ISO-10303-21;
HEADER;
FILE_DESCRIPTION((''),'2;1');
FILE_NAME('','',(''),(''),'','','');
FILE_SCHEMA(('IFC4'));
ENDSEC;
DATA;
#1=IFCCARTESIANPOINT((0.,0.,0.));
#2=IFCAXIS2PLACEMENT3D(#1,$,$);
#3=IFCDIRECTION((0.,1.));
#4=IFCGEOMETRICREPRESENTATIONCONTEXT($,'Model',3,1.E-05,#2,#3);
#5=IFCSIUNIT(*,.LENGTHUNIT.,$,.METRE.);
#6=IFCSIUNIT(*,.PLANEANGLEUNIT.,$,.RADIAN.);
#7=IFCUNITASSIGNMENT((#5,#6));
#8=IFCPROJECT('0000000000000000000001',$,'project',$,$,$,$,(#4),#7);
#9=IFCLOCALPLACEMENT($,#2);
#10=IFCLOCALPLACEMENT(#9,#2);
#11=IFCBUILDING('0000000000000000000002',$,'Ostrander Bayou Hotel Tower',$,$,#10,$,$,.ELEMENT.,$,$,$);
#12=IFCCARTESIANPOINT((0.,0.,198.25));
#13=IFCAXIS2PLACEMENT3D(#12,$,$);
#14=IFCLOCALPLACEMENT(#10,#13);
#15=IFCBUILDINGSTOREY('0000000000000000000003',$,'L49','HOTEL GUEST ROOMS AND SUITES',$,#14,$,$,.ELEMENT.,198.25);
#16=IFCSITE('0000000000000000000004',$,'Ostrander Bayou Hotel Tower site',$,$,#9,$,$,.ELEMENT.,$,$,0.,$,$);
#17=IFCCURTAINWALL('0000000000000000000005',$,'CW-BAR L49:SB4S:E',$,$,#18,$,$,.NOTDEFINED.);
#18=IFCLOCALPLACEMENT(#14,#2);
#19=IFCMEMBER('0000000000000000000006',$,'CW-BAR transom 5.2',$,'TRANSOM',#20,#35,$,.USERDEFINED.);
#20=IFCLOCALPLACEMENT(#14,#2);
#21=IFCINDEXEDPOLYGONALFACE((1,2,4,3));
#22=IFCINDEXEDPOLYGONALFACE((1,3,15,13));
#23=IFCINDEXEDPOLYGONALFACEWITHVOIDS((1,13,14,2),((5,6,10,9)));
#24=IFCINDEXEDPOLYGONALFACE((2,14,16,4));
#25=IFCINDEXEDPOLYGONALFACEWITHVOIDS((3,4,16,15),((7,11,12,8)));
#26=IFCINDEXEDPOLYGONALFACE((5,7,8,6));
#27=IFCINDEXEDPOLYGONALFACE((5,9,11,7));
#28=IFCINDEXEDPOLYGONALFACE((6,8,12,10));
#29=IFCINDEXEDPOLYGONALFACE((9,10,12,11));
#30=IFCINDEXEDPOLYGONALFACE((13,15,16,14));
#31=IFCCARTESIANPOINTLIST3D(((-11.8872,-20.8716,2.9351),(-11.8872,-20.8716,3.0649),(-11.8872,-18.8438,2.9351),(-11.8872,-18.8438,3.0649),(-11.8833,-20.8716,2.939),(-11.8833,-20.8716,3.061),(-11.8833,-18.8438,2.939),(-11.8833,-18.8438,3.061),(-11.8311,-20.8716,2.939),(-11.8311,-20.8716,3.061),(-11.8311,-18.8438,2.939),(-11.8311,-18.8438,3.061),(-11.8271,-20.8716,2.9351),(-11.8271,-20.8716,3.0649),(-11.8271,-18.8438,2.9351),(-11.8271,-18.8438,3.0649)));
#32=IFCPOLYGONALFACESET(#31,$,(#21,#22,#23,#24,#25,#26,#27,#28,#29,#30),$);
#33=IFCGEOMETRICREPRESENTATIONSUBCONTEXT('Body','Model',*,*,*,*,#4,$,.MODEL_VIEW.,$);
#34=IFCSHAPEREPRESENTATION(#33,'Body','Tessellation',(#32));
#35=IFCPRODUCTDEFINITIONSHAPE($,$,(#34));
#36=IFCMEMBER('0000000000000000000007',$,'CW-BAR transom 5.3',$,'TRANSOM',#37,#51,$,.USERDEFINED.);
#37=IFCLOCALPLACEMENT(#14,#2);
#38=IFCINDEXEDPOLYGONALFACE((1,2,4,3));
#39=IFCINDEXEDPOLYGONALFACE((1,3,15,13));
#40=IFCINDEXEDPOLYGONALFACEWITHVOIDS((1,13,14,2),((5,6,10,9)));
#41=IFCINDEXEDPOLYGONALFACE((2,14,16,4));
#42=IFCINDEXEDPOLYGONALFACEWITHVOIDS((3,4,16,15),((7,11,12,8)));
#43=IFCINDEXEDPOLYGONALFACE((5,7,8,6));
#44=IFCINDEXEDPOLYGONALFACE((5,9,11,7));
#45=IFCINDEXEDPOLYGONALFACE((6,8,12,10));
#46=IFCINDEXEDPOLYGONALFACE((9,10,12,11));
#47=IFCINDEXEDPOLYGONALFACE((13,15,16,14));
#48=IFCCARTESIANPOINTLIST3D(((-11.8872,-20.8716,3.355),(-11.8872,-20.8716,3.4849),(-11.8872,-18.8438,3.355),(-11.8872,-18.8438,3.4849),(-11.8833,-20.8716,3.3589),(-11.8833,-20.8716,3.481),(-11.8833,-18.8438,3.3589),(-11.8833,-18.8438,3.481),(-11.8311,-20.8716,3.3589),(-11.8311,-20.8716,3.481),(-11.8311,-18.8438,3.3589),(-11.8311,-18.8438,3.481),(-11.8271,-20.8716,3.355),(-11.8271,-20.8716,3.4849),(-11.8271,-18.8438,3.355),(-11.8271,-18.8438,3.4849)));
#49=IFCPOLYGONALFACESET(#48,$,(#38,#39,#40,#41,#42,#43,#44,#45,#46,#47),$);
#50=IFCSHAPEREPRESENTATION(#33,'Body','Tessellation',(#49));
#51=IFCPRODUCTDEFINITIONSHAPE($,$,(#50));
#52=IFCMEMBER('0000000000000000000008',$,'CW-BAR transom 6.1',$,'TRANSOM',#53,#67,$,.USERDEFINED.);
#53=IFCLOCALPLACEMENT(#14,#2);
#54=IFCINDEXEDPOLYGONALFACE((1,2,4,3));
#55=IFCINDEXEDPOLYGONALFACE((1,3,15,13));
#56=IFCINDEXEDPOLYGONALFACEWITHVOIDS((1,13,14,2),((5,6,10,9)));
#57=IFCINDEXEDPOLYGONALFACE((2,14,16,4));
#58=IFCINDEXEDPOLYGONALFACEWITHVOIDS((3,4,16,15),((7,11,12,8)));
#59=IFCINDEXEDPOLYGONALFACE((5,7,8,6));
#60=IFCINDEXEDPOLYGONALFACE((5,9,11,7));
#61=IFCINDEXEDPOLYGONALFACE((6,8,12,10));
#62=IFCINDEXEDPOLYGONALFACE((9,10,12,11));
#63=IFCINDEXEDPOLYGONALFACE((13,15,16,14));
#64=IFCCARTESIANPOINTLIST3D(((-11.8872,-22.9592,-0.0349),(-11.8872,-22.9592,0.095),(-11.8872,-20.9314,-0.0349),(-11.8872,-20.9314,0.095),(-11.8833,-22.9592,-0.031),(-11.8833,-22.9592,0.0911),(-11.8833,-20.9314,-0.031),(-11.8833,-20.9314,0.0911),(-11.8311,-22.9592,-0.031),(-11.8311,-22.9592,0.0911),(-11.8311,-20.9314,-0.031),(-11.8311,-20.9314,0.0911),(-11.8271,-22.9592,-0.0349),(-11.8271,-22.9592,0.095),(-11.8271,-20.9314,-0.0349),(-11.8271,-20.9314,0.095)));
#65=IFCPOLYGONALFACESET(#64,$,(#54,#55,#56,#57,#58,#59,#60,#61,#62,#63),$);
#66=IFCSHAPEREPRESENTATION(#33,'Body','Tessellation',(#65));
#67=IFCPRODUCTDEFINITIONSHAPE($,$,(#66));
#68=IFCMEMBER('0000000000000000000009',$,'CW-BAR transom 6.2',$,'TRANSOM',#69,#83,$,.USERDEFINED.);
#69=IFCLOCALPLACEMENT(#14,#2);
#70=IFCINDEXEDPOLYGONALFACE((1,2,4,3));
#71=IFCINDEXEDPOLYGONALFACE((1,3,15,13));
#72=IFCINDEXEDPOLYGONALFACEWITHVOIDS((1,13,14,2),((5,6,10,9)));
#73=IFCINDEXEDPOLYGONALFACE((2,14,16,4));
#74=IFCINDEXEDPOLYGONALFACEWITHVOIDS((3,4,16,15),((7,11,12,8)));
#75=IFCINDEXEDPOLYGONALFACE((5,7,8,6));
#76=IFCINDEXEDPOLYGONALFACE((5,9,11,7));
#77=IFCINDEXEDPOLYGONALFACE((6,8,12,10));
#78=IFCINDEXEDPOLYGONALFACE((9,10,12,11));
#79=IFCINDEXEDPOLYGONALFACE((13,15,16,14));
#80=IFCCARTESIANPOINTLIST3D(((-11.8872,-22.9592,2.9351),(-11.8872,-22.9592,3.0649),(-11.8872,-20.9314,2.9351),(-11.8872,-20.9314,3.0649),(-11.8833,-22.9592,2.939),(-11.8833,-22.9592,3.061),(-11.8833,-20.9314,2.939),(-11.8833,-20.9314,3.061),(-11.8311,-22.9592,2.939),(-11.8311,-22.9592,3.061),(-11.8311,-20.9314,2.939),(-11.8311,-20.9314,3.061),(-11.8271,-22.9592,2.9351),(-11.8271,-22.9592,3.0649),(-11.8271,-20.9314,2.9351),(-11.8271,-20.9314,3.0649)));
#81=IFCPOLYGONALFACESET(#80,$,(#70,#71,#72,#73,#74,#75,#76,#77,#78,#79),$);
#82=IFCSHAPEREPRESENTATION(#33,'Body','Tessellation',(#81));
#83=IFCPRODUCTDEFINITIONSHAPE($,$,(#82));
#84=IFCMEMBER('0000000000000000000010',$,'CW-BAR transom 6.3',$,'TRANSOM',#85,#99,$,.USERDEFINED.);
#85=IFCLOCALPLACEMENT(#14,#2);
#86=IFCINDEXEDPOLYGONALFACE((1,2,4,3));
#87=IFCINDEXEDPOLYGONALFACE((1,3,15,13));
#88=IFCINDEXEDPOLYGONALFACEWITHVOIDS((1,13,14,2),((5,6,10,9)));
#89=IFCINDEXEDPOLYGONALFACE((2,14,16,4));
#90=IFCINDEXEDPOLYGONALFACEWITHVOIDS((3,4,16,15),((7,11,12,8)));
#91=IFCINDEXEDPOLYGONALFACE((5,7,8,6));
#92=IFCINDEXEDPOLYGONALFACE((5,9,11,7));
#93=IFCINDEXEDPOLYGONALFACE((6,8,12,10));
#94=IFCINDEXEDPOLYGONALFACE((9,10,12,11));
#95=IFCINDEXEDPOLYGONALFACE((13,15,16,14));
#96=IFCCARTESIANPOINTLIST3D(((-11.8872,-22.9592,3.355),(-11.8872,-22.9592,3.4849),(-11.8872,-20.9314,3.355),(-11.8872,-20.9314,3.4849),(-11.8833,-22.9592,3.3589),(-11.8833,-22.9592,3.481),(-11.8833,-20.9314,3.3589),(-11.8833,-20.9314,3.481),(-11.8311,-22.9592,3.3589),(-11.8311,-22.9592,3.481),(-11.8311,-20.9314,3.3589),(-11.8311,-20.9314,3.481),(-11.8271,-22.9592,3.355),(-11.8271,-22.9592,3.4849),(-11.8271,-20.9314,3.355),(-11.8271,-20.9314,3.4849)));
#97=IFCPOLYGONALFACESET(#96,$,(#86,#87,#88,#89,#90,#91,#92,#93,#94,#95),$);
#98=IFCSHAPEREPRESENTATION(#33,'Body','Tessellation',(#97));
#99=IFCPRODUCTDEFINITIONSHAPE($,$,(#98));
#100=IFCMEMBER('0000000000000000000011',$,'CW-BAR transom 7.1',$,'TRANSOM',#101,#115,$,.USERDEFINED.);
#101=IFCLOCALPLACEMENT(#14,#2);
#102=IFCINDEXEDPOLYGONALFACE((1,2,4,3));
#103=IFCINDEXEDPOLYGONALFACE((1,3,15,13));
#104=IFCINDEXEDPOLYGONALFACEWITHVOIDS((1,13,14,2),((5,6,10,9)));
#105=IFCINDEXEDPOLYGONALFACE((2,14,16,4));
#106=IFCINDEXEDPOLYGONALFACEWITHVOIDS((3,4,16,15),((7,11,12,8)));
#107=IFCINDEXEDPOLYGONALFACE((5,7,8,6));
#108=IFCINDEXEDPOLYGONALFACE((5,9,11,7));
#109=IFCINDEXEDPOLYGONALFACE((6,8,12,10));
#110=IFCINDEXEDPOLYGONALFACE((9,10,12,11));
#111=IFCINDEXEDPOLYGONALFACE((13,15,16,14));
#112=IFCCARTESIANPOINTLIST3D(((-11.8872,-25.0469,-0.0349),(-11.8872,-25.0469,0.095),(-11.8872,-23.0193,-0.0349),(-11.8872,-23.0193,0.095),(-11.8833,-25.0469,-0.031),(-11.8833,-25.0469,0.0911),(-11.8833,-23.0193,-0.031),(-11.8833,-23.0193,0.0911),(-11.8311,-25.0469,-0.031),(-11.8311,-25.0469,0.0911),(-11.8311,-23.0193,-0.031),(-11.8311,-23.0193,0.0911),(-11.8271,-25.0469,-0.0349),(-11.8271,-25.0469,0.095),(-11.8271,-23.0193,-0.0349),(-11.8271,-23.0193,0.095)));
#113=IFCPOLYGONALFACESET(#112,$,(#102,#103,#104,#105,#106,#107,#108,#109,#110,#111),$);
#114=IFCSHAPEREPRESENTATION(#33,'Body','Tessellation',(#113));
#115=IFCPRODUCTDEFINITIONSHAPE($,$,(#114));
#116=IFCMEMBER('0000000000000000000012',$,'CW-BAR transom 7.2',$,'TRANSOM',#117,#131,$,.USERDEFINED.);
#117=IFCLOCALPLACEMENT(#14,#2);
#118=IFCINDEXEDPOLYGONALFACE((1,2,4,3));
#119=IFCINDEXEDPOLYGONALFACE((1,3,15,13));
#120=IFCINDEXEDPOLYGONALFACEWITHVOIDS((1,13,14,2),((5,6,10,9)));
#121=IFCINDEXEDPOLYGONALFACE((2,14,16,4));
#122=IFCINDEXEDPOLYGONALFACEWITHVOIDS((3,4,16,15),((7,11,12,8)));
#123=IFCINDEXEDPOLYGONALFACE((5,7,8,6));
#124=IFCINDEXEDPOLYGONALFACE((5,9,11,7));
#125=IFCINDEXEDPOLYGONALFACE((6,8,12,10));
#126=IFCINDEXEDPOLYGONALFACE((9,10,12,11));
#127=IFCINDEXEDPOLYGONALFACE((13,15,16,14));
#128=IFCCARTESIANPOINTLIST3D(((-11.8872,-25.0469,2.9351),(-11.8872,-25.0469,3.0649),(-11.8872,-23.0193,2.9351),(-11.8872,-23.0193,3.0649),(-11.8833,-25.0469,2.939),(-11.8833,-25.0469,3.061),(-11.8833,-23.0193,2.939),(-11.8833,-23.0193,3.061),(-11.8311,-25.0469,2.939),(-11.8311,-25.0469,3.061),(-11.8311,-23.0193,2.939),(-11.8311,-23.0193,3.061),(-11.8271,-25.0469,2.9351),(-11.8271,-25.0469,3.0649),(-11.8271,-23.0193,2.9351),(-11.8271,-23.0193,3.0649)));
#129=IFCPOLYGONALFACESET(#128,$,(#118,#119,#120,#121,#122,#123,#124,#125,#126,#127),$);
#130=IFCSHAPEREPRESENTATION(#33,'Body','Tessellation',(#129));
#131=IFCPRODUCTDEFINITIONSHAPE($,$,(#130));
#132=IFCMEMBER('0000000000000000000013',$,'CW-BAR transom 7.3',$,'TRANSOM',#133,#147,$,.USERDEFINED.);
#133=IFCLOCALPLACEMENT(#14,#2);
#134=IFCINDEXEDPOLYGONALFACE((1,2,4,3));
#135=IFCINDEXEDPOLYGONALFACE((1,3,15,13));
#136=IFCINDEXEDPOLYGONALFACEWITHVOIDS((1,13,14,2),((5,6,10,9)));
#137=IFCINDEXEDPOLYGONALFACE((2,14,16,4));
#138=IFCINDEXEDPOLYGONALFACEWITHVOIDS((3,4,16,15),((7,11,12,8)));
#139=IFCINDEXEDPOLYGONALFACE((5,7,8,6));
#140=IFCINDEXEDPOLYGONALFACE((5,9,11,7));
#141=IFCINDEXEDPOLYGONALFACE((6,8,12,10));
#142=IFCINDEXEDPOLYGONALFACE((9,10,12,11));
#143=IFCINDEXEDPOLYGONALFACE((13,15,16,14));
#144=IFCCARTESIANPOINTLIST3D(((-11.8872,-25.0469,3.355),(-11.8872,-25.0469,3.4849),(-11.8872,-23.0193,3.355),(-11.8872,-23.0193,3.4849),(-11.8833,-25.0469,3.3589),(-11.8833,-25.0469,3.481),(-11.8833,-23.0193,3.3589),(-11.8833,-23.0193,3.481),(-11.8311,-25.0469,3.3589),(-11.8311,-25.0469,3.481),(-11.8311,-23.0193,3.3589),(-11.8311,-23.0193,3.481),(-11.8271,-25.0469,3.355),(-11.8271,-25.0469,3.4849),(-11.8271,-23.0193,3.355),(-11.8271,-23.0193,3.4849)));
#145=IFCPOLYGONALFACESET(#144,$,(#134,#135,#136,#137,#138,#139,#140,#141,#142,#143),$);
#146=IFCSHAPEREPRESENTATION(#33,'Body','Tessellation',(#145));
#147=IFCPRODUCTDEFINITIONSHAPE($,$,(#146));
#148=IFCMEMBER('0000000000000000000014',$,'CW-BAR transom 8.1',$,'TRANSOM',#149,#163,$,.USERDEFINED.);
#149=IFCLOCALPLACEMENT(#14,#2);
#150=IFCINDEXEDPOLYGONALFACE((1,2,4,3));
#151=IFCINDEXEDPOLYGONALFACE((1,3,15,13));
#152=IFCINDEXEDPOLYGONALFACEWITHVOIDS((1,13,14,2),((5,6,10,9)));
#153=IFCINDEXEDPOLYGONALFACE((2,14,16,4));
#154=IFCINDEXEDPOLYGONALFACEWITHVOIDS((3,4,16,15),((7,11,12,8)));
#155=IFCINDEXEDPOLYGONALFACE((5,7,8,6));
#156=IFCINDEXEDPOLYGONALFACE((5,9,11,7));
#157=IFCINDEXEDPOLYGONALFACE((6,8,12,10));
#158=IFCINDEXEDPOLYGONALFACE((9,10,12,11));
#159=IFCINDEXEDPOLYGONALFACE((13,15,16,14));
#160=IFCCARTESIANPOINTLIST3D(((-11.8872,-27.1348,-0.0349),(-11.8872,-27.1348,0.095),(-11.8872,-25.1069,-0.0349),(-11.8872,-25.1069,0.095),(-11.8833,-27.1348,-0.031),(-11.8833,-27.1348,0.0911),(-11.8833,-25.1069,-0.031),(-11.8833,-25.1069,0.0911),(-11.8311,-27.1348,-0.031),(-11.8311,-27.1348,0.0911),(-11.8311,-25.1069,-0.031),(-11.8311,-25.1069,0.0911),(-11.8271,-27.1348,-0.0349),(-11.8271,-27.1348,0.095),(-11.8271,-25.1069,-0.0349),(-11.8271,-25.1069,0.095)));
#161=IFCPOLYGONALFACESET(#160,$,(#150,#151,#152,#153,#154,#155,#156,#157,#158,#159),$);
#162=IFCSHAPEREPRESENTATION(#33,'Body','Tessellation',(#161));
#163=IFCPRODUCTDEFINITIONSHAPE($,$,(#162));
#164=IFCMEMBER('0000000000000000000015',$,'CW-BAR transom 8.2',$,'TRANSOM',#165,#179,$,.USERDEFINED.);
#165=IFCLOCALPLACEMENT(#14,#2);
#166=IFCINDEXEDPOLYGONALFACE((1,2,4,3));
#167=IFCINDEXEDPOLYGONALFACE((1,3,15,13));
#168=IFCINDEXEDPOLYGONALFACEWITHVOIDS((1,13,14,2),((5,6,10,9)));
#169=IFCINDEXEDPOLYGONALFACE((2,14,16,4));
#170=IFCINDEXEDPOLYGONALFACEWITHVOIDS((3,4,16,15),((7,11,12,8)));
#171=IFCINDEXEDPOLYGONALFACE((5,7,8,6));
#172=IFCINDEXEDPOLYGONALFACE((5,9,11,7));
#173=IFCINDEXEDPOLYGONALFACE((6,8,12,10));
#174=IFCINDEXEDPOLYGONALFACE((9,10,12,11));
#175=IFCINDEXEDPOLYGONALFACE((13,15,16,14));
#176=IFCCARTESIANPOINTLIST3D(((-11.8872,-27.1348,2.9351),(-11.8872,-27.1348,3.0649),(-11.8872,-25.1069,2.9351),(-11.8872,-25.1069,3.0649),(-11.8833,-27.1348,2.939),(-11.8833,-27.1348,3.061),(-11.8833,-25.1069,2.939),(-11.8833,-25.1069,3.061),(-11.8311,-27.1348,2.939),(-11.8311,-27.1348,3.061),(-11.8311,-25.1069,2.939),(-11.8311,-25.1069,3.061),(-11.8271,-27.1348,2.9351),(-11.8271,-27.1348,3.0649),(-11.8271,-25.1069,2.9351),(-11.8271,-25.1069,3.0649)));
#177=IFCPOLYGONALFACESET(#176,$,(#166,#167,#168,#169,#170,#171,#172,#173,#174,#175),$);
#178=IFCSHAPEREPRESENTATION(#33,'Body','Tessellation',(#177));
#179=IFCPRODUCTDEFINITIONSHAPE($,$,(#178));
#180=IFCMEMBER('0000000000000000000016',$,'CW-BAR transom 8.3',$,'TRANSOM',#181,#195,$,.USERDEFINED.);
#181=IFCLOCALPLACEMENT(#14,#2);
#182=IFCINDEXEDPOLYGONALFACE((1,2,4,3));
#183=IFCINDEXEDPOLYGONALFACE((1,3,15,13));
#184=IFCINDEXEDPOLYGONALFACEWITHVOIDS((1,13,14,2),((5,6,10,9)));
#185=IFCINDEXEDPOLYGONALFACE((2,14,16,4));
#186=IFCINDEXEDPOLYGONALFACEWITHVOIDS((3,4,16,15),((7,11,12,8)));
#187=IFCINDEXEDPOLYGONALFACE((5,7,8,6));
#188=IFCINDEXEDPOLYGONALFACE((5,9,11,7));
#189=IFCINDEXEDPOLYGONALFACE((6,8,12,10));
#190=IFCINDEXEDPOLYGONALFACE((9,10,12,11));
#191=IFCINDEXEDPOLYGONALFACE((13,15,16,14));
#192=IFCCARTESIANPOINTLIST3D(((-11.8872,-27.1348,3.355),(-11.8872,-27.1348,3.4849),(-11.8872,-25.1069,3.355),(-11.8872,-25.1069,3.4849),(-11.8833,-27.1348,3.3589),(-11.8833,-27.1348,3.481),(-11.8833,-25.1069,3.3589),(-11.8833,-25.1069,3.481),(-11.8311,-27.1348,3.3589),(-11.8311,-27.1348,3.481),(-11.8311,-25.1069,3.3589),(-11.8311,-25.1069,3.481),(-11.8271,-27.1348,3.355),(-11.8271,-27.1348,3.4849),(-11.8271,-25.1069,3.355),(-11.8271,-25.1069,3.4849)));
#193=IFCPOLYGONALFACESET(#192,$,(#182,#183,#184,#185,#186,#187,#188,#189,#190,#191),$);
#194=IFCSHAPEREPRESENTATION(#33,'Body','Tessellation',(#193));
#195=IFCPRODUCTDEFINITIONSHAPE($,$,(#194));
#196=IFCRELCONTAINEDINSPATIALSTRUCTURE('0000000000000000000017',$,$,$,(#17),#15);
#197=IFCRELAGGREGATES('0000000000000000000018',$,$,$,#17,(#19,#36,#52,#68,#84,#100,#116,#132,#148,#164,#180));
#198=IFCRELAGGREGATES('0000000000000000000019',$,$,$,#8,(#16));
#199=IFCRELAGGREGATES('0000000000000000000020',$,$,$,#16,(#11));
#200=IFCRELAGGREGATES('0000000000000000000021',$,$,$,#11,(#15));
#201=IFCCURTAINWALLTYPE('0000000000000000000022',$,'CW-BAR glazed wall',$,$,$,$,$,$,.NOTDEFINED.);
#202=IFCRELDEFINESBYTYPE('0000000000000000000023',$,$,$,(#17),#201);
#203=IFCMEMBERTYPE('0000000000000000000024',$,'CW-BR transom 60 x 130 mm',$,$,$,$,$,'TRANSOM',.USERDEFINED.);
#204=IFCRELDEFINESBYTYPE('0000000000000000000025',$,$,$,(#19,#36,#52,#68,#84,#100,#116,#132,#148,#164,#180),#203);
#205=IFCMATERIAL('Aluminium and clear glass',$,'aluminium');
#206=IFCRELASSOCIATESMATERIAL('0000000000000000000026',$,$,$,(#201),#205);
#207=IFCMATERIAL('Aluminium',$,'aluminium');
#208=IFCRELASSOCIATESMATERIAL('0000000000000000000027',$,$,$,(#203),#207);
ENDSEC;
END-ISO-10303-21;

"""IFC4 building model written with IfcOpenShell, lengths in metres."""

from ifc_helpers import new_model, si_unit, direction, frame, origin, origin_2d, place, context, subcontext, project, spatial, hollow_rectangle, extrude, material, material_profile, profile_set, type_object, element, aggregate, save


model = new_model("IFC4")

# Units and contexts
model_context = context("Model", 3, precision=1e-05, world=origin(), true_north=direction((0.0, 1.0)))
body_context = subcontext(model_context, "Body", "Model", "MODEL_VIEW")
ifc_project = project(units=[si_unit("LENGTHUNIT", "METRE"), si_unit("PLANEANGLEUNIT", "RADIAN")], contexts=[model_context])

# Site, building, storey
site_placement = place(None, origin())
site = spatial("IfcSite", under=ifc_project, at=site_placement, Name="Ostrander Bayou Hotel Tower site", CompositionType="ELEMENT", RefElevation=0.0)
building_placement = place(site_placement, origin())
building = spatial("IfcBuilding", under=site, at=building_placement, Name="Ostrander Bayou Hotel Tower", CompositionType="ELEMENT")
storey_placement = place(building_placement, frame((0.0, 0.0, 198.25)))
storey = spatial("IfcBuildingStorey", under=building, at=storey_placement, Name="L49", Description="HOTEL GUEST ROOMS AND SUITES", CompositionType="ELEMENT", Elevation=198.25)

# Curtain wall, members
ifc_material_1 = material(Name="Aluminium and clear glass", Category="aluminium")
curtain_wall_type = type_object("IfcCurtainWallType", Name="CW-BAR glazed wall", PredefinedType="NOTDEFINED", material=ifc_material_1)
curtain_wall_placement = place(storey_placement, origin())
curtain_wall = element("IfcCurtainWall", 1, at=curtain_wall_placement, inside=storey, type_object=curtain_wall_type, Name="CW-BAR L49:SB4S:E", PredefinedType="NOTDEFINED")
ifc_material_2 = material(Name="Aluminium", Category="aluminium")
ifc_material_profile_1 = material_profile(ifc_material_2, hollow_rectangle(XDim=0.0601, YDim=0.1299, WallThickness=0.0039, at=origin_2d()))
ifc_profile_set_1 = profile_set([ifc_material_profile_1], Name="Aluminium")
member_type_1 = type_object("IfcMemberType", Name="CW-BR transom 60 x 130 mm", ElementType="TRANSOM", PredefinedType="USERDEFINED", material=ifc_profile_set_1)
member_1_placement = place(storey_placement, frame((-11.8572, -18.8438, 3.0), z_axis=(0.0, -1.0, 0.0), x_axis=(1.0, 0.0, 0.0)))
member_1 = element("IfcMember", 2, at=member_1_placement, type_object=member_type_1, Name="CW-BAR transom 5.2", ObjectType="TRANSOM", PredefinedType="USERDEFINED", context=body_context, shape_type="SweptSolid", body=[
    extrude(hollow_rectangle(XDim=0.0601, YDim=0.1299, WallThickness=0.0039, at=origin_2d()), origin(), (0.0, 0.0, 1.0), 2.0278),
])
member_2_placement = place(storey_placement, frame((-11.8572, -18.8438, 3.4199), z_axis=(0.0, -1.0, 0.0), x_axis=(1.0, 0.0, 0.0)))
member_2 = element("IfcMember", 3, at=member_2_placement, type_object=member_type_1, Name="CW-BAR transom 5.3", ObjectType="TRANSOM", PredefinedType="USERDEFINED", context=body_context, shape_type="SweptSolid", body=[
    extrude(hollow_rectangle(XDim=0.0601, YDim=0.1299, WallThickness=0.0039, at=origin_2d()), origin(), (0.0, 0.0, 1.0), 2.0278),
])
member_3_placement = place(storey_placement, frame((-11.8572, -20.9314, 0.03), z_axis=(0.0, -1.0, 0.0), x_axis=(1.0, 0.0, 0.0)))
member_3 = element("IfcMember", 4, at=member_3_placement, type_object=member_type_1, Name="CW-BAR transom 6.1", ObjectType="TRANSOM", PredefinedType="USERDEFINED", context=body_context, shape_type="SweptSolid", body=[
    extrude(hollow_rectangle(XDim=0.0601, YDim=0.1299, WallThickness=0.0039, at=origin_2d()), origin(), (0.0, 0.0, 1.0), 2.0278),
])
member_4_placement = place(storey_placement, frame((-11.8572, -20.9314, 3.0), z_axis=(0.0, -1.0, 0.0), x_axis=(1.0, 0.0, 0.0)))
member_4 = element("IfcMember", 5, at=member_4_placement, type_object=member_type_1, Name="CW-BAR transom 6.2", ObjectType="TRANSOM", PredefinedType="USERDEFINED", context=body_context, shape_type="SweptSolid", body=[
    extrude(hollow_rectangle(XDim=0.0601, YDim=0.1299, WallThickness=0.0039, at=origin_2d()), origin(), (0.0, 0.0, 1.0), 2.0278),
])
member_5_placement = place(storey_placement, frame((-11.8572, -20.9314, 3.4199), z_axis=(0.0, -1.0, 0.0), x_axis=(1.0, 0.0, 0.0)))
member_5 = element("IfcMember", 6, at=member_5_placement, type_object=member_type_1, Name="CW-BAR transom 6.3", ObjectType="TRANSOM", PredefinedType="USERDEFINED", context=body_context, shape_type="SweptSolid", body=[
    extrude(hollow_rectangle(XDim=0.0601, YDim=0.1299, WallThickness=0.0039, at=origin_2d()), origin(), (0.0, 0.0, 1.0), 2.0278),
])
member_6_placement = place(storey_placement, frame((-11.8572, -23.0193, 0.03), z_axis=(0.0, -1.0, 0.0), x_axis=(1.0, 0.0, 0.0)))
member_6 = element("IfcMember", 7, at=member_6_placement, type_object=member_type_1, Name="CW-BAR transom 7.1", ObjectType="TRANSOM", PredefinedType="USERDEFINED", context=body_context, shape_type="SweptSolid", body=[
    extrude(hollow_rectangle(XDim=0.0601, YDim=0.1299, WallThickness=0.0039, at=origin_2d()), origin(), (0.0, 0.0, 1.0), 2.0276),
])
member_7_placement = place(storey_placement, frame((-11.8572, -23.0193, 3.0), z_axis=(0.0, -1.0, 0.0), x_axis=(1.0, 0.0, 0.0)))
member_7 = element("IfcMember", 8, at=member_7_placement, type_object=member_type_1, Name="CW-BAR transom 7.2", ObjectType="TRANSOM", PredefinedType="USERDEFINED", context=body_context, shape_type="SweptSolid", body=[
    extrude(hollow_rectangle(XDim=0.0601, YDim=0.1299, WallThickness=0.0039, at=origin_2d()), origin(), (0.0, 0.0, 1.0), 2.0276),
])
member_8_placement = place(storey_placement, frame((-11.8572, -23.0193, 3.4199), z_axis=(0.0, -1.0, 0.0), x_axis=(1.0, 0.0, 0.0)))
member_8 = element("IfcMember", 9, at=member_8_placement, type_object=member_type_1, Name="CW-BAR transom 7.3", ObjectType="TRANSOM", PredefinedType="USERDEFINED", context=body_context, shape_type="SweptSolid", body=[
    extrude(hollow_rectangle(XDim=0.0601, YDim=0.1299, WallThickness=0.0039, at=origin_2d()), origin(), (0.0, 0.0, 1.0), 2.0276),
])
member_9_placement = place(storey_placement, frame((-11.8572, -25.1069, 0.03), z_axis=(0.0, -1.0, 0.0), x_axis=(1.0, 0.0, 0.0)))
member_9 = element("IfcMember", 10, at=member_9_placement, type_object=member_type_1, Name="CW-BAR transom 8.1", ObjectType="TRANSOM", PredefinedType="USERDEFINED", context=body_context, shape_type="SweptSolid", body=[
    extrude(hollow_rectangle(XDim=0.0601, YDim=0.1299, WallThickness=0.0039, at=origin_2d()), origin(), (0.0, 0.0, 1.0), 2.0278),
])
member_10_placement = place(storey_placement, frame((-11.8572, -25.1069, 3.0), z_axis=(0.0, -1.0, 0.0), x_axis=(1.0, 0.0, 0.0)))
member_10 = element("IfcMember", 11, at=member_10_placement, type_object=member_type_1, Name="CW-BAR transom 8.2", ObjectType="TRANSOM", PredefinedType="USERDEFINED", context=body_context, shape_type="SweptSolid", body=[
    extrude(hollow_rectangle(XDim=0.0601, YDim=0.1299, WallThickness=0.0039, at=origin_2d()), origin(), (0.0, 0.0, 1.0), 2.0278),
])
member_11_placement = place(storey_placement, frame((-11.8572, -25.1069, 3.4199), z_axis=(0.0, -1.0, 0.0), x_axis=(1.0, 0.0, 0.0)))
member_11 = element("IfcMember", 12, at=member_11_placement, type_object=member_type_1, Name="CW-BAR transom 8.3", ObjectType="TRANSOM", PredefinedType="USERDEFINED", context=body_context, shape_type="SweptSolid", body=[
    extrude(hollow_rectangle(XDim=0.0601, YDim=0.1299, WallThickness=0.0039, at=origin_2d()), origin(), (0.0, 0.0, 1.0), 2.0278),
])

aggregate(curtain_wall, [member_1, member_2, member_3, member_4, member_5, member_6, member_7, member_8, member_9, member_10, member_11])

save(model, "model.ifc")
